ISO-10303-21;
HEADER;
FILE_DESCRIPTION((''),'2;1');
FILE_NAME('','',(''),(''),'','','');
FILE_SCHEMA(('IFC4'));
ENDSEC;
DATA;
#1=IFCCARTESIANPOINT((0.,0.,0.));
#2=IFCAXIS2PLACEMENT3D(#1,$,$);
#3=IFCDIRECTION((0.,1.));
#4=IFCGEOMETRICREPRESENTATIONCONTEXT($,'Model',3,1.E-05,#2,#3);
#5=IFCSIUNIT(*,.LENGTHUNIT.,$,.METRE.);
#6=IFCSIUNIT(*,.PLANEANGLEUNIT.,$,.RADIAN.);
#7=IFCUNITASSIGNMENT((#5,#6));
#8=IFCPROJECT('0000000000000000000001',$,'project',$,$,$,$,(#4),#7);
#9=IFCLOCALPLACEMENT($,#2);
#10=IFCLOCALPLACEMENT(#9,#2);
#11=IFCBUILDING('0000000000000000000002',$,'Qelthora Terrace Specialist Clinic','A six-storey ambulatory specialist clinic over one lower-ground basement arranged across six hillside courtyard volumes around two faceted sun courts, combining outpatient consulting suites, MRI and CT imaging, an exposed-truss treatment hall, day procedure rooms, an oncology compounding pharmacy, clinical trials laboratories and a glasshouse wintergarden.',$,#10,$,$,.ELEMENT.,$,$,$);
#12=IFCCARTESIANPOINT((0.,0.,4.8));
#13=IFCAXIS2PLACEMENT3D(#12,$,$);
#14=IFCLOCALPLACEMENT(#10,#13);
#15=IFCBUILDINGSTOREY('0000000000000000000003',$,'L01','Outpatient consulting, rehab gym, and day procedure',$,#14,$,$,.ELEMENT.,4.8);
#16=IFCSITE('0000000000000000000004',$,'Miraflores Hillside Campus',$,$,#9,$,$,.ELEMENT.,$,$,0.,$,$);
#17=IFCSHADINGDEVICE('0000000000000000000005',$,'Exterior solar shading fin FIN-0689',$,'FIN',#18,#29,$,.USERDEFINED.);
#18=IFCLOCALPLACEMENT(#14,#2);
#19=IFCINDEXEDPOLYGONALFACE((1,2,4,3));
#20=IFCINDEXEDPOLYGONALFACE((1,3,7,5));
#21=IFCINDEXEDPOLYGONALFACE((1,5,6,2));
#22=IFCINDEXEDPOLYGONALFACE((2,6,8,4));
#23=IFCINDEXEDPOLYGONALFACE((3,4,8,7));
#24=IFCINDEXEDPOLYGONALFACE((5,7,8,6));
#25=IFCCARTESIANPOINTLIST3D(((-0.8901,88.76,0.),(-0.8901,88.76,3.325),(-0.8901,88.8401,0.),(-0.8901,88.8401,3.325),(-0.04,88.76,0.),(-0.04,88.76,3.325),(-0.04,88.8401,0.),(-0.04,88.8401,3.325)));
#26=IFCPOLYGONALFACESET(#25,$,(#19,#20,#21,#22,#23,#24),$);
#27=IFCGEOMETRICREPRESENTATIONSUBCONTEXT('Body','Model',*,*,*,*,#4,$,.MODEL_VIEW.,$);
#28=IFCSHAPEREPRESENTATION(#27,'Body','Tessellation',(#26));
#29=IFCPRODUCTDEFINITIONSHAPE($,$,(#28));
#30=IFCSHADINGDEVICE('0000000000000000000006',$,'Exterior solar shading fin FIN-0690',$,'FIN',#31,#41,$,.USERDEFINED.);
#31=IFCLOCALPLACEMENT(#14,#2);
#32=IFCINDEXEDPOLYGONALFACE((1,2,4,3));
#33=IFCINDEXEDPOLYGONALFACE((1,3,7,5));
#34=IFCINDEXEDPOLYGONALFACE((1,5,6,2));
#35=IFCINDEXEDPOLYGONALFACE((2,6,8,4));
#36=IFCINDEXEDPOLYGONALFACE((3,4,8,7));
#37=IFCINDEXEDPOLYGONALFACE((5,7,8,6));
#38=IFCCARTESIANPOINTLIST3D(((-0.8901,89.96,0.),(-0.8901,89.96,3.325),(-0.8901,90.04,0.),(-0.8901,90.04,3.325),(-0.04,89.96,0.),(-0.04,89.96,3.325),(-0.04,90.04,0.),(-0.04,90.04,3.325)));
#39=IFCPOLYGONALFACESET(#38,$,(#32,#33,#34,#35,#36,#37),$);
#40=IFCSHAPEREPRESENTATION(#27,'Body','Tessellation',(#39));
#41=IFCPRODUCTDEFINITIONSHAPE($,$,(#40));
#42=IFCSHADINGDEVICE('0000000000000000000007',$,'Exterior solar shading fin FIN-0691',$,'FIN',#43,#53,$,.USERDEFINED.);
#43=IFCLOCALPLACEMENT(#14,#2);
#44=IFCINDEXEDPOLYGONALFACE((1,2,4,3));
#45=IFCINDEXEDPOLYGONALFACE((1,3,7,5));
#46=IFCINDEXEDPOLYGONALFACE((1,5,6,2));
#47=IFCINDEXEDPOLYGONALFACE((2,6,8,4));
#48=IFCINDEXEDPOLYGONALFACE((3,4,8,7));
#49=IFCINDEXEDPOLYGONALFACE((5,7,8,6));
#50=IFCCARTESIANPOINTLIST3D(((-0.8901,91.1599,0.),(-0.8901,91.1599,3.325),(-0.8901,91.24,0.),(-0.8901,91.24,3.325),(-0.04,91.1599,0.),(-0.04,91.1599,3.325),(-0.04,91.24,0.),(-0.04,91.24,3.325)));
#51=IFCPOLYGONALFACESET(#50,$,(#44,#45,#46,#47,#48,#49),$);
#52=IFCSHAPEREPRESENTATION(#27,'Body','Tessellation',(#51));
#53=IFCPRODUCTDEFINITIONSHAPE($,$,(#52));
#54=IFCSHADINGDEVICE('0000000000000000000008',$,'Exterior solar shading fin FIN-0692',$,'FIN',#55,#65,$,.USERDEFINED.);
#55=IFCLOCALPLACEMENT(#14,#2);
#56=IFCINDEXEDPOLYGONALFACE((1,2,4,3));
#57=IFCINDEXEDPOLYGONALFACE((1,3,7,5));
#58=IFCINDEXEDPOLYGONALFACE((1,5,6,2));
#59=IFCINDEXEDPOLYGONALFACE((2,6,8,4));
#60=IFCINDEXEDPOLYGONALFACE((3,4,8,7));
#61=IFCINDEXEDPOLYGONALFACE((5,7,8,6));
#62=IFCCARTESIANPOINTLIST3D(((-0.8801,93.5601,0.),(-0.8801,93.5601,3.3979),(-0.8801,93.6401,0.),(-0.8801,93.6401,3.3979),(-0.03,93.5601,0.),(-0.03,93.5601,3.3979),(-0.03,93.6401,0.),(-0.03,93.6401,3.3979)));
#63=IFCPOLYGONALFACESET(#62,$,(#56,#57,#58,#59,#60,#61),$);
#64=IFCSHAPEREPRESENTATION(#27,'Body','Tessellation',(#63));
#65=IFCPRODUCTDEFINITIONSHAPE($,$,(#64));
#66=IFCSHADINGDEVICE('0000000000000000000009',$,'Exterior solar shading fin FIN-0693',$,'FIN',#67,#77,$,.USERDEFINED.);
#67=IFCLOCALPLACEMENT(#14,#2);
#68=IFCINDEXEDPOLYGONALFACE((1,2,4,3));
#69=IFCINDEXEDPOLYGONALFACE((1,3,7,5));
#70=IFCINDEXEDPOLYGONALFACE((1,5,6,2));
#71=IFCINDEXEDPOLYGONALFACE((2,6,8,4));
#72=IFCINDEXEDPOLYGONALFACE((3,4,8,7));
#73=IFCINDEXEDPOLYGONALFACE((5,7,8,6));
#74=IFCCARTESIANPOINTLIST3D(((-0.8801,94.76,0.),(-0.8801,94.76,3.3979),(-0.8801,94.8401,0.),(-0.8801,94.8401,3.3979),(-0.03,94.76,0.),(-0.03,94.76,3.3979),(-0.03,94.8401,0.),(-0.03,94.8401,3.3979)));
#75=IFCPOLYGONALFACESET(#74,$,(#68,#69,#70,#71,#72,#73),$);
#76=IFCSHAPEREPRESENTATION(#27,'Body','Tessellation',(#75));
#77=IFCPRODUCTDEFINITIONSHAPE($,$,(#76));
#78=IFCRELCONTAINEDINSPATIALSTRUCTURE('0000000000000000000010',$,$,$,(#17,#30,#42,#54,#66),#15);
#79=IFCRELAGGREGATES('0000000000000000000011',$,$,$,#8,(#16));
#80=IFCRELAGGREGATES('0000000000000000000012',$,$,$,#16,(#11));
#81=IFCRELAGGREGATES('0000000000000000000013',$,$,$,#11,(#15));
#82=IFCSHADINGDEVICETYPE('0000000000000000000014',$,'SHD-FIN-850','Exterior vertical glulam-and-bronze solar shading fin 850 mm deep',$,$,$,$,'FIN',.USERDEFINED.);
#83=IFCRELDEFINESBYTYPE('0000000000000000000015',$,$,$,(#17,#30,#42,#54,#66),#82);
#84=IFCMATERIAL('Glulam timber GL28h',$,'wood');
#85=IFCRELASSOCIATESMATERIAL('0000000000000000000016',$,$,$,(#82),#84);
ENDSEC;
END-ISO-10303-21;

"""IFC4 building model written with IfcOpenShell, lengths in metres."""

from ifc_helpers import new_model, si_unit, direction, frame, origin, origin_2d, place, context, subcontext, project, spatial, rectangle, extrude, material, type_object, element, save


model = new_model("IFC4")

# Units and contexts
model_context = context("Model", 3, precision=1e-05, world=origin(), true_north=direction((0.0, 1.0)))
body_context = subcontext(model_context, "Body", "Model", "MODEL_VIEW")
ifc_project = project(units=[si_unit("LENGTHUNIT", "METRE"), si_unit("PLANEANGLEUNIT", "RADIAN")], contexts=[model_context])

# Site, building, storey
site_placement = place(None, origin())
site = spatial("IfcSite", under=ifc_project, at=site_placement, Name="Miraflores Hillside Campus", CompositionType="ELEMENT", RefElevation=0.0)
building_placement = place(site_placement, origin())
building = spatial("IfcBuilding", under=site, at=building_placement, Name="Qelthora Terrace Specialist Clinic", Description="A six-storey ambulatory specialist clinic over one lower-ground basement arranged across six hillside courtyard volumes around two faceted sun courts, combining outpatient consulting suites, MRI and CT imaging, an exposed-truss treatment hall, day procedure rooms, an oncology compounding pharmacy, clinical trials laboratories and a glasshouse wintergarden.", CompositionType="ELEMENT")
storey_placement = place(building_placement, frame((0.0, 0.0, 4.8)))
storey = spatial("IfcBuildingStorey", under=building, at=storey_placement, Name="L01", Description="Outpatient consulting, rehab gym, and day procedure", CompositionType="ELEMENT", Elevation=4.8)

# Shading devices
ifc_material_1 = material(Name="Glulam timber GL28h", Category="wood")
shading_device_type = type_object("IfcShadingDeviceType", Name="SHD-FIN-850", Description="Exterior vertical glulam-and-bronze solar shading fin 850 mm deep", ElementType="FIN", PredefinedType="USERDEFINED", material=ifc_material_1)
for number, where, z_axis, x_axis, name in (
    (1, (-0.4651, 88.8, 0.0), (0.0, 0.0, 1.0), (-1.0, 0.0, 0.0), "Exterior solar shading fin FIN-0689"),
    (2, (-0.4651, 90.0, 0.0), (0.0, 0.0, 1.0), (-1.0, 0.0, 0.0), "Exterior solar shading fin FIN-0690"),
    (3, (-0.4651, 91.2, 0.0), (0.0, 0.0, 1.0), (-1.0, 0.0, 0.0), "Exterior solar shading fin FIN-0691"),
):
    element("IfcShadingDevice", number, at=place(storey_placement, frame(where, z_axis=z_axis, x_axis=x_axis)), inside=storey, type_object=shading_device_type, Name=name, ObjectType="FIN", PredefinedType="USERDEFINED", context=body_context, shape_type="SweptSolid", body=[
        extrude(rectangle(XDim=0.8501, YDim=0.0801, at=origin_2d()), origin(), (0.0, 0.0, 1.0), 3.325),
    ])
for number, where, z_axis, x_axis, name in (
    (4, (-0.4551, 93.6001, 0.0), (0.0, 0.0, 1.0), (-1.0, 0.0, 0.0), "Exterior solar shading fin FIN-0692"),
    (5, (-0.4551, 94.8, 0.0), (0.0, 0.0, 1.0), (-1.0, 0.0, 0.0), "Exterior solar shading fin FIN-0693"),
):
    element("IfcShadingDevice", number, at=place(storey_placement, frame(where, z_axis=z_axis, x_axis=x_axis)), inside=storey, type_object=shading_device_type, Name=name, ObjectType="FIN", PredefinedType="USERDEFINED", context=body_context, shape_type="SweptSolid", body=[
        extrude(rectangle(XDim=0.8501, YDim=0.0801, at=origin_2d()), origin(), (0.0, 0.0, 1.0), 3.3979),
    ])

save(model, "model.ifc")
